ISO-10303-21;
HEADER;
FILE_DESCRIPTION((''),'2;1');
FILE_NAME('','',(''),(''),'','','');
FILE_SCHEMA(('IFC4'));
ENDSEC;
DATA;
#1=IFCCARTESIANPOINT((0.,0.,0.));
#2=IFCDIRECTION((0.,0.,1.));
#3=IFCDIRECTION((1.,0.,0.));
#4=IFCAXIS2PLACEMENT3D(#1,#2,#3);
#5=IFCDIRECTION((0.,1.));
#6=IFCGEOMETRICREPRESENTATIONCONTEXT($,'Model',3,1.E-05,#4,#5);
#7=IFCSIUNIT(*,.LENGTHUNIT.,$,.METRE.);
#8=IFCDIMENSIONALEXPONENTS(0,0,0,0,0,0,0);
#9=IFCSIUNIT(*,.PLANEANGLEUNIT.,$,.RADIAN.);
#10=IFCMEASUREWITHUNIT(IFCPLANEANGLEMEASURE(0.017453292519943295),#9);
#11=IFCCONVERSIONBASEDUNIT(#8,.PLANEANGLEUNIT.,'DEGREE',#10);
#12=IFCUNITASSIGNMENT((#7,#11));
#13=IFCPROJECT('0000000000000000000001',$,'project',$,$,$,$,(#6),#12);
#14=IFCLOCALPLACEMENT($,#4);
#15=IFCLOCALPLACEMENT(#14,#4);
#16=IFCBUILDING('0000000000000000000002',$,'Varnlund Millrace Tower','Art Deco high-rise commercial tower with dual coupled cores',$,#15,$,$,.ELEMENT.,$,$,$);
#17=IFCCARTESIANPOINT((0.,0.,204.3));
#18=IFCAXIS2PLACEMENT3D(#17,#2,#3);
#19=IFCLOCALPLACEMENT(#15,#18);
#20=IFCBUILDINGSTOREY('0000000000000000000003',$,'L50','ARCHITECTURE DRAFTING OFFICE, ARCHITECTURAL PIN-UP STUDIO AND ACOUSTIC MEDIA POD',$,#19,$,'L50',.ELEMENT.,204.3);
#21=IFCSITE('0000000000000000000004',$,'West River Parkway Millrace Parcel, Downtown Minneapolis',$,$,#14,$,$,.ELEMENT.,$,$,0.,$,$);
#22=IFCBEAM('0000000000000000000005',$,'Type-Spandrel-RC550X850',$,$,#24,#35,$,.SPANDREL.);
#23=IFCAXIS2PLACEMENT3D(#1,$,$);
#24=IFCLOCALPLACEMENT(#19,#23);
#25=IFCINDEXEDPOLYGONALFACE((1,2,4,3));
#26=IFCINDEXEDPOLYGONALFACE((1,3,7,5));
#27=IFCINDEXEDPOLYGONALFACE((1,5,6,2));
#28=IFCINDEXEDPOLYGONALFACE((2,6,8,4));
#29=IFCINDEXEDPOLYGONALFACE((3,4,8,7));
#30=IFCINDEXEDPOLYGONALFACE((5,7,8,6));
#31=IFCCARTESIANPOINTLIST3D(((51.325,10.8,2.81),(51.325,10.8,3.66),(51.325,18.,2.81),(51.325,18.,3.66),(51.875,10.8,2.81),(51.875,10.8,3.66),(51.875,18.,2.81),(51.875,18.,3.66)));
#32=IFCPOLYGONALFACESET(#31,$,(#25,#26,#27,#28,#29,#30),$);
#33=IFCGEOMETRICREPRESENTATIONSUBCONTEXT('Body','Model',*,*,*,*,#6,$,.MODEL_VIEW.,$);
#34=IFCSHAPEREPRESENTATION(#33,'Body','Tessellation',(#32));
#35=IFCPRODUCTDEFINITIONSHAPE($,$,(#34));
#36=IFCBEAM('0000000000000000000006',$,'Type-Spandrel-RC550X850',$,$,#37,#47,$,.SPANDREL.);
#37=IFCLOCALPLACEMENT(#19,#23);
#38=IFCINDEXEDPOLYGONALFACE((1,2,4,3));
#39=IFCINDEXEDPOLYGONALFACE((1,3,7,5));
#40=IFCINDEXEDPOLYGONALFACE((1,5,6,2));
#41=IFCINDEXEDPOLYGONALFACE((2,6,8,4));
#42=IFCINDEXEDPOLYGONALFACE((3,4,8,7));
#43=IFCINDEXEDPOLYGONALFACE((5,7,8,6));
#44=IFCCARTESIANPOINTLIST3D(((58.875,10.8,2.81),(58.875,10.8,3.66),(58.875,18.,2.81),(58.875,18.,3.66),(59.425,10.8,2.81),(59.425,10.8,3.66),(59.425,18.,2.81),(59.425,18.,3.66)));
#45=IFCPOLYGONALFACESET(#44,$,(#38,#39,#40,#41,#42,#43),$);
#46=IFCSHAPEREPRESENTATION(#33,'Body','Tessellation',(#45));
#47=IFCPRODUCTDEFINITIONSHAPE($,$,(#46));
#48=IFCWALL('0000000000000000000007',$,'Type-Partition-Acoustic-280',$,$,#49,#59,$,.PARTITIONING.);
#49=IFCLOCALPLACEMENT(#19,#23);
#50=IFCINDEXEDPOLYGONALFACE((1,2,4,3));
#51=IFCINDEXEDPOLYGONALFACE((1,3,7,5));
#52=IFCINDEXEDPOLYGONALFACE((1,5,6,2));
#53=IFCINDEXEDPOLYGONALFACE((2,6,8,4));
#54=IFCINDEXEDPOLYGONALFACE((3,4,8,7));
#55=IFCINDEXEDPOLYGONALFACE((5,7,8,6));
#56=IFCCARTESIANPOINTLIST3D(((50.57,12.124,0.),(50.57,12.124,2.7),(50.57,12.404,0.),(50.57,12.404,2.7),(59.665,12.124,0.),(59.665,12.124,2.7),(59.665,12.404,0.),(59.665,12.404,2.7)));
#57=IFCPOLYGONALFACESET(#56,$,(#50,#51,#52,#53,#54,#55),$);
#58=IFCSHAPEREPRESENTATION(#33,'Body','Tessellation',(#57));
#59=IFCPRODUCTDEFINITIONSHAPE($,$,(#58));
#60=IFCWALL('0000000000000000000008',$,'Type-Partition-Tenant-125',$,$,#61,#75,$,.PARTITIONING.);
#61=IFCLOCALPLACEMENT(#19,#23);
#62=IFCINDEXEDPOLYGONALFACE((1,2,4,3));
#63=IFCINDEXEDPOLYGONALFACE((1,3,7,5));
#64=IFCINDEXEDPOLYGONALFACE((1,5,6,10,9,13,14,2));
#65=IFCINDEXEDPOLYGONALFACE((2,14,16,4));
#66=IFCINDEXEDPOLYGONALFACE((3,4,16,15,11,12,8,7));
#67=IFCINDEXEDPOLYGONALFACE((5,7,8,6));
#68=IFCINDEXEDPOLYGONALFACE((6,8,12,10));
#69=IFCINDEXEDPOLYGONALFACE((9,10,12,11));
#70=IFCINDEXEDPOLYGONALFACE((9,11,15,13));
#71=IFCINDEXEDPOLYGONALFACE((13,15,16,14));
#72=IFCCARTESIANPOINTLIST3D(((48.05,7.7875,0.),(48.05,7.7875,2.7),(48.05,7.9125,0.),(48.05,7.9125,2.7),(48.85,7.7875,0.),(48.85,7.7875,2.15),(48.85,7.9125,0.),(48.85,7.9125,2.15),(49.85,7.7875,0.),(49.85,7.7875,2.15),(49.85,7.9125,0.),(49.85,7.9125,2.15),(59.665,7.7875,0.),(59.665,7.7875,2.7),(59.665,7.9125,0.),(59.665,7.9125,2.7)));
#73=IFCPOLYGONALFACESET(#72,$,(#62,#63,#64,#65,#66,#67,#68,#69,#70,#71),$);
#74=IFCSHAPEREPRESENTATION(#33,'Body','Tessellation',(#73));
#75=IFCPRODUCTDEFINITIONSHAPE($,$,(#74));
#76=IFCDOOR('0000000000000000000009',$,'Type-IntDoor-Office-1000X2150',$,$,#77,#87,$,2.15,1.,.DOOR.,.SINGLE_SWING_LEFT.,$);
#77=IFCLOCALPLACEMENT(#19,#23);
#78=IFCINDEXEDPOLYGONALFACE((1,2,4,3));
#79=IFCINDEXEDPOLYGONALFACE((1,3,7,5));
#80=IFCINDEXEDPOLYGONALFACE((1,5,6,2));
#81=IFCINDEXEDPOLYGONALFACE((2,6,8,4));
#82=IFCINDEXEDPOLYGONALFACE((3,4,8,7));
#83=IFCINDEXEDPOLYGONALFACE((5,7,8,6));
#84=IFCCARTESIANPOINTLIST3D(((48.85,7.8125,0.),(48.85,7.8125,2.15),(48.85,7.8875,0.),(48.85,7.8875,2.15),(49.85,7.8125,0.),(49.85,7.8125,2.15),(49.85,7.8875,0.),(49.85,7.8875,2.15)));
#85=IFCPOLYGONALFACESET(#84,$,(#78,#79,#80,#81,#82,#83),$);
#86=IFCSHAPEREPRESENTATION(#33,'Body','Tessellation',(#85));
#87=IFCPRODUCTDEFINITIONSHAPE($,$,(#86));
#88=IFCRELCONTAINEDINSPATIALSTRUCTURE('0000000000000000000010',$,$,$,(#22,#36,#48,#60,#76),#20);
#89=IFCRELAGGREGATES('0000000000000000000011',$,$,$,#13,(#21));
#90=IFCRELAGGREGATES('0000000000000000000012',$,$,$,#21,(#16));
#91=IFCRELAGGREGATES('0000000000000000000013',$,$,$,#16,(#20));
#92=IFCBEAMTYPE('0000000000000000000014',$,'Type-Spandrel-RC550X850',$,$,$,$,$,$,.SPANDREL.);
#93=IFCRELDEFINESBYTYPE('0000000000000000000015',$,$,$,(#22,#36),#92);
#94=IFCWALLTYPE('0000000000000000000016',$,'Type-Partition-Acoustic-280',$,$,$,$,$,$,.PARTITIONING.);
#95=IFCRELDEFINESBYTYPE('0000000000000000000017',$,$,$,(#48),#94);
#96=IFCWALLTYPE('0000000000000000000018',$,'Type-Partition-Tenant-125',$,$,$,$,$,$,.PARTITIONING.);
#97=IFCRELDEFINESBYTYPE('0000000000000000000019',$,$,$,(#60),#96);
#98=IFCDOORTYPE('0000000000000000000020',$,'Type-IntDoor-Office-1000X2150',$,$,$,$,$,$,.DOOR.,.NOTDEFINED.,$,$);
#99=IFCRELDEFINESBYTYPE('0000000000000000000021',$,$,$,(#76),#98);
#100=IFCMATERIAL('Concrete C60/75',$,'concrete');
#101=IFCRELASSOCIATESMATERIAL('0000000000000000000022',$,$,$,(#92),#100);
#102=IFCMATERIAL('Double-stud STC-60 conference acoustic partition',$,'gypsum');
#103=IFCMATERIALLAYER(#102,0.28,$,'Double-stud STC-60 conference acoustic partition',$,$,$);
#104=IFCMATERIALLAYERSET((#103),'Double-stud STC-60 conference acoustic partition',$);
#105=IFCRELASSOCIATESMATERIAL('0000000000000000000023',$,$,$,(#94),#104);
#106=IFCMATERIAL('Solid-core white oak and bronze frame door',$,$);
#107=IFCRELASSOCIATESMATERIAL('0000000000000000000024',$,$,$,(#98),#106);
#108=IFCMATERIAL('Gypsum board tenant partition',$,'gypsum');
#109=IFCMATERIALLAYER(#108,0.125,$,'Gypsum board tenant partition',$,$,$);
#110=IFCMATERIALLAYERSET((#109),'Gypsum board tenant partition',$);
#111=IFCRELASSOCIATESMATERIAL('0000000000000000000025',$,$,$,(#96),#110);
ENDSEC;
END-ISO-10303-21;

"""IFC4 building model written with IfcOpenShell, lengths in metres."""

from ifc_helpers import new_model, entity, si_unit, converted_unit, direction, frame, origin_with_axes, origin_2d_with_axis, place, context, subcontext, project, spatial, polyline, rectangle, outline, extrude, material, layer, layer_set, material_profile, profile_set, type_object, element, fill, save


model = new_model("IFC4")

# Units and contexts
model_context = context("Model", 3, precision=1e-05, world=origin_with_axes(), true_north=direction((0.0, 1.0)))
body_context = subcontext(model_context, "Body", "Model", "MODEL_VIEW")
ifc_project = project(units=[si_unit("LENGTHUNIT", "METRE"), converted_unit("PLANEANGLEUNIT", "DEGREE", entity("IfcPlaneAngleMeasure", 0.017453292519943295), si_unit("PLANEANGLEUNIT", "RADIAN"), dimensions=[0, 0, 0, 0, 0, 0, 0])], contexts=[model_context])

# Site, building, storey
site_placement = place(None, origin_with_axes())
site = spatial("IfcSite", under=ifc_project, at=site_placement, Name="West River Parkway Millrace Parcel, Downtown Minneapolis", CompositionType="ELEMENT", RefElevation=0.0)
building_placement = place(site_placement, origin_with_axes())
building = spatial("IfcBuilding", under=site, at=building_placement, Name="Varnlund Millrace Tower", Description="Art Deco high-rise commercial tower with dual coupled cores", CompositionType="ELEMENT")
storey_placement = place(building_placement, frame((0.0, 0.0, 204.3), z_axis=(0.0, 0.0, 1.0), x_axis=(1.0, 0.0, 0.0)))
storey = spatial("IfcBuildingStorey", under=building, at=storey_placement, Name="L50", Description="ARCHITECTURE DRAFTING OFFICE, ARCHITECTURAL PIN-UP STUDIO AND ACOUSTIC MEDIA POD", LongName="L50", CompositionType="ELEMENT", Elevation=204.3)

# Beams
ifc_material_1 = material(Name="Concrete C60/75", Category="concrete")
ifc_material_profile_1 = material_profile(ifc_material_1, rectangle(XDim=0.55, YDim=0.85, at=origin_2d_with_axis()), Name="Concrete C60/75")
ifc_profile_set_1 = profile_set([ifc_material_profile_1], Name="Concrete C60/75")
beam_type_1 = type_object("IfcBeamType", Name="Type-Spandrel-RC550X850", PredefinedType="SPANDREL", material=ifc_profile_set_1)
for number, where, z_axis, x_axis, name in (
    (1, (51.6, 10.8, 3.235), (0.0, 1.0, 0.0), (-1.0, 0.0, 0.0), "Type-Spandrel-RC550X850"),
    (2, (59.15, 10.8, 3.235), (0.0, 1.0, 0.0), (-1.0, 0.0, 0.0), "Type-Spandrel-RC550X850"),
):
    element("IfcBeam", number, at=place(storey_placement, frame(where, z_axis=z_axis, x_axis=x_axis)), inside=storey, type_object=beam_type_1, Name=name, PredefinedType="SPANDREL", context=body_context, shape_type="SweptSolid", body=[
        extrude(rectangle(XDim=0.55, YDim=0.85, at=origin_2d_with_axis()), origin_with_axes(), (0.0, 0.0, 1.0), 7.2),
    ])

# Wall
ifc_material_2 = material(Name="Double-stud STC-60 conference acoustic partition", Category="gypsum")
ifc_layer_1 = layer(ifc_material_2, 0.28, Name="Double-stud STC-60 conference acoustic partition")
ifc_layer_set_1 = layer_set([ifc_layer_1], Name="Double-stud STC-60 conference acoustic partition")
wall_type_1 = type_object("IfcWallType", Name="Type-Partition-Acoustic-280", PredefinedType="PARTITIONING", material=ifc_layer_set_1)
wall_1_placement = place(storey_placement, frame((50.57, 12.264, 0.0), z_axis=(0.0, 0.0, 1.0), x_axis=(1.0, 0.0, 0.0)))
element("IfcWall", 3, at=wall_1_placement, inside=storey, type_object=wall_type_1, Name="Type-Partition-Acoustic-280", PredefinedType="PARTITIONING", context=body_context, shape_type="SweptSolid", body=[
    extrude(outline(polyline([(0.0, -0.14), (9.095, -0.14), (9.095, 0.14), (0.0, 0.14), (0.0, -0.14)])), origin_with_axes(), (0.0, 0.0, 1.0), 2.7),
])

# Shared definitions
ifc_material_3 = material(Name="Solid-core white oak and bronze frame door")
door_type_1 = type_object("IfcDoorType", Name="Type-IntDoor-Office-1000X2150", OperationType="NOTDEFINED", PredefinedType="DOOR", material=ifc_material_3)

# Wall, opening, door
ifc_material_4 = material(Name="Gypsum board tenant partition", Category="gypsum")
ifc_layer_2 = layer(ifc_material_4, 0.125, Name="Gypsum board tenant partition")
ifc_layer_set_2 = layer_set([ifc_layer_2], Name="Gypsum board tenant partition")
wall_type_2 = type_object("IfcWallType", Name="Type-Partition-Tenant-125", PredefinedType="PARTITIONING", material=ifc_layer_set_2)
wall_2_placement = place(storey_placement, frame((59.665, 7.85, 0.0), z_axis=(0.0, 0.0, 1.0), x_axis=(-1.0, 0.0, 0.0)))
wall_2 = element("IfcWall", 4, at=wall_2_placement, inside=storey, type_object=wall_type_2, Name="Type-Partition-Tenant-125", PredefinedType="PARTITIONING", context=body_context, shape_type="SweptSolid", body=[
    extrude(outline(polyline([(0.0, -0.0625), (11.615, -0.0625), (11.615, 0.0625), (0.0, 0.0625), (0.0, -0.0625)])), origin_with_axes(), (0.0, 0.0, 1.0), 2.7),
])
opening_1_placement = place(wall_2_placement, frame((10.315, 0.0, 0.0), z_axis=(0.0, 0.0, 1.0), x_axis=(1.0, 0.0, 0.0)))
opening_1 = element("IfcOpeningElement", 5, at=opening_1_placement, cuts=wall_2, PredefinedType="OPENING", context=body_context, shape_type="SweptSolid", body=[
    extrude(rectangle(XDim=1.0, YDim=0.145, at=origin_2d_with_axis()), origin_with_axes(), (0.0, 0.0, 1.0), 2.15),
])
door_1_placement = place(wall_2_placement, frame((10.315, 0.0, 0.0), z_axis=(0.0, 0.0, 1.0), x_axis=(1.0, 0.0, 0.0)))
door_1 = element("IfcDoor", 6, at=door_1_placement, inside=storey, type_object=door_type_1, Name="Type-IntDoor-Office-1000X2150", OperationType="SINGLE_SWING_LEFT", OverallHeight=2.15, OverallWidth=1.0, PredefinedType="DOOR", context=body_context, shape_type="SweptSolid", body=[
    extrude(rectangle(XDim=1.0, YDim=0.075, at=origin_2d_with_axis()), origin_with_axes(), (0.0, 0.0, 1.0), 2.15),
])
fill(opening_1, door_1)

save(model, "model.ifc")
